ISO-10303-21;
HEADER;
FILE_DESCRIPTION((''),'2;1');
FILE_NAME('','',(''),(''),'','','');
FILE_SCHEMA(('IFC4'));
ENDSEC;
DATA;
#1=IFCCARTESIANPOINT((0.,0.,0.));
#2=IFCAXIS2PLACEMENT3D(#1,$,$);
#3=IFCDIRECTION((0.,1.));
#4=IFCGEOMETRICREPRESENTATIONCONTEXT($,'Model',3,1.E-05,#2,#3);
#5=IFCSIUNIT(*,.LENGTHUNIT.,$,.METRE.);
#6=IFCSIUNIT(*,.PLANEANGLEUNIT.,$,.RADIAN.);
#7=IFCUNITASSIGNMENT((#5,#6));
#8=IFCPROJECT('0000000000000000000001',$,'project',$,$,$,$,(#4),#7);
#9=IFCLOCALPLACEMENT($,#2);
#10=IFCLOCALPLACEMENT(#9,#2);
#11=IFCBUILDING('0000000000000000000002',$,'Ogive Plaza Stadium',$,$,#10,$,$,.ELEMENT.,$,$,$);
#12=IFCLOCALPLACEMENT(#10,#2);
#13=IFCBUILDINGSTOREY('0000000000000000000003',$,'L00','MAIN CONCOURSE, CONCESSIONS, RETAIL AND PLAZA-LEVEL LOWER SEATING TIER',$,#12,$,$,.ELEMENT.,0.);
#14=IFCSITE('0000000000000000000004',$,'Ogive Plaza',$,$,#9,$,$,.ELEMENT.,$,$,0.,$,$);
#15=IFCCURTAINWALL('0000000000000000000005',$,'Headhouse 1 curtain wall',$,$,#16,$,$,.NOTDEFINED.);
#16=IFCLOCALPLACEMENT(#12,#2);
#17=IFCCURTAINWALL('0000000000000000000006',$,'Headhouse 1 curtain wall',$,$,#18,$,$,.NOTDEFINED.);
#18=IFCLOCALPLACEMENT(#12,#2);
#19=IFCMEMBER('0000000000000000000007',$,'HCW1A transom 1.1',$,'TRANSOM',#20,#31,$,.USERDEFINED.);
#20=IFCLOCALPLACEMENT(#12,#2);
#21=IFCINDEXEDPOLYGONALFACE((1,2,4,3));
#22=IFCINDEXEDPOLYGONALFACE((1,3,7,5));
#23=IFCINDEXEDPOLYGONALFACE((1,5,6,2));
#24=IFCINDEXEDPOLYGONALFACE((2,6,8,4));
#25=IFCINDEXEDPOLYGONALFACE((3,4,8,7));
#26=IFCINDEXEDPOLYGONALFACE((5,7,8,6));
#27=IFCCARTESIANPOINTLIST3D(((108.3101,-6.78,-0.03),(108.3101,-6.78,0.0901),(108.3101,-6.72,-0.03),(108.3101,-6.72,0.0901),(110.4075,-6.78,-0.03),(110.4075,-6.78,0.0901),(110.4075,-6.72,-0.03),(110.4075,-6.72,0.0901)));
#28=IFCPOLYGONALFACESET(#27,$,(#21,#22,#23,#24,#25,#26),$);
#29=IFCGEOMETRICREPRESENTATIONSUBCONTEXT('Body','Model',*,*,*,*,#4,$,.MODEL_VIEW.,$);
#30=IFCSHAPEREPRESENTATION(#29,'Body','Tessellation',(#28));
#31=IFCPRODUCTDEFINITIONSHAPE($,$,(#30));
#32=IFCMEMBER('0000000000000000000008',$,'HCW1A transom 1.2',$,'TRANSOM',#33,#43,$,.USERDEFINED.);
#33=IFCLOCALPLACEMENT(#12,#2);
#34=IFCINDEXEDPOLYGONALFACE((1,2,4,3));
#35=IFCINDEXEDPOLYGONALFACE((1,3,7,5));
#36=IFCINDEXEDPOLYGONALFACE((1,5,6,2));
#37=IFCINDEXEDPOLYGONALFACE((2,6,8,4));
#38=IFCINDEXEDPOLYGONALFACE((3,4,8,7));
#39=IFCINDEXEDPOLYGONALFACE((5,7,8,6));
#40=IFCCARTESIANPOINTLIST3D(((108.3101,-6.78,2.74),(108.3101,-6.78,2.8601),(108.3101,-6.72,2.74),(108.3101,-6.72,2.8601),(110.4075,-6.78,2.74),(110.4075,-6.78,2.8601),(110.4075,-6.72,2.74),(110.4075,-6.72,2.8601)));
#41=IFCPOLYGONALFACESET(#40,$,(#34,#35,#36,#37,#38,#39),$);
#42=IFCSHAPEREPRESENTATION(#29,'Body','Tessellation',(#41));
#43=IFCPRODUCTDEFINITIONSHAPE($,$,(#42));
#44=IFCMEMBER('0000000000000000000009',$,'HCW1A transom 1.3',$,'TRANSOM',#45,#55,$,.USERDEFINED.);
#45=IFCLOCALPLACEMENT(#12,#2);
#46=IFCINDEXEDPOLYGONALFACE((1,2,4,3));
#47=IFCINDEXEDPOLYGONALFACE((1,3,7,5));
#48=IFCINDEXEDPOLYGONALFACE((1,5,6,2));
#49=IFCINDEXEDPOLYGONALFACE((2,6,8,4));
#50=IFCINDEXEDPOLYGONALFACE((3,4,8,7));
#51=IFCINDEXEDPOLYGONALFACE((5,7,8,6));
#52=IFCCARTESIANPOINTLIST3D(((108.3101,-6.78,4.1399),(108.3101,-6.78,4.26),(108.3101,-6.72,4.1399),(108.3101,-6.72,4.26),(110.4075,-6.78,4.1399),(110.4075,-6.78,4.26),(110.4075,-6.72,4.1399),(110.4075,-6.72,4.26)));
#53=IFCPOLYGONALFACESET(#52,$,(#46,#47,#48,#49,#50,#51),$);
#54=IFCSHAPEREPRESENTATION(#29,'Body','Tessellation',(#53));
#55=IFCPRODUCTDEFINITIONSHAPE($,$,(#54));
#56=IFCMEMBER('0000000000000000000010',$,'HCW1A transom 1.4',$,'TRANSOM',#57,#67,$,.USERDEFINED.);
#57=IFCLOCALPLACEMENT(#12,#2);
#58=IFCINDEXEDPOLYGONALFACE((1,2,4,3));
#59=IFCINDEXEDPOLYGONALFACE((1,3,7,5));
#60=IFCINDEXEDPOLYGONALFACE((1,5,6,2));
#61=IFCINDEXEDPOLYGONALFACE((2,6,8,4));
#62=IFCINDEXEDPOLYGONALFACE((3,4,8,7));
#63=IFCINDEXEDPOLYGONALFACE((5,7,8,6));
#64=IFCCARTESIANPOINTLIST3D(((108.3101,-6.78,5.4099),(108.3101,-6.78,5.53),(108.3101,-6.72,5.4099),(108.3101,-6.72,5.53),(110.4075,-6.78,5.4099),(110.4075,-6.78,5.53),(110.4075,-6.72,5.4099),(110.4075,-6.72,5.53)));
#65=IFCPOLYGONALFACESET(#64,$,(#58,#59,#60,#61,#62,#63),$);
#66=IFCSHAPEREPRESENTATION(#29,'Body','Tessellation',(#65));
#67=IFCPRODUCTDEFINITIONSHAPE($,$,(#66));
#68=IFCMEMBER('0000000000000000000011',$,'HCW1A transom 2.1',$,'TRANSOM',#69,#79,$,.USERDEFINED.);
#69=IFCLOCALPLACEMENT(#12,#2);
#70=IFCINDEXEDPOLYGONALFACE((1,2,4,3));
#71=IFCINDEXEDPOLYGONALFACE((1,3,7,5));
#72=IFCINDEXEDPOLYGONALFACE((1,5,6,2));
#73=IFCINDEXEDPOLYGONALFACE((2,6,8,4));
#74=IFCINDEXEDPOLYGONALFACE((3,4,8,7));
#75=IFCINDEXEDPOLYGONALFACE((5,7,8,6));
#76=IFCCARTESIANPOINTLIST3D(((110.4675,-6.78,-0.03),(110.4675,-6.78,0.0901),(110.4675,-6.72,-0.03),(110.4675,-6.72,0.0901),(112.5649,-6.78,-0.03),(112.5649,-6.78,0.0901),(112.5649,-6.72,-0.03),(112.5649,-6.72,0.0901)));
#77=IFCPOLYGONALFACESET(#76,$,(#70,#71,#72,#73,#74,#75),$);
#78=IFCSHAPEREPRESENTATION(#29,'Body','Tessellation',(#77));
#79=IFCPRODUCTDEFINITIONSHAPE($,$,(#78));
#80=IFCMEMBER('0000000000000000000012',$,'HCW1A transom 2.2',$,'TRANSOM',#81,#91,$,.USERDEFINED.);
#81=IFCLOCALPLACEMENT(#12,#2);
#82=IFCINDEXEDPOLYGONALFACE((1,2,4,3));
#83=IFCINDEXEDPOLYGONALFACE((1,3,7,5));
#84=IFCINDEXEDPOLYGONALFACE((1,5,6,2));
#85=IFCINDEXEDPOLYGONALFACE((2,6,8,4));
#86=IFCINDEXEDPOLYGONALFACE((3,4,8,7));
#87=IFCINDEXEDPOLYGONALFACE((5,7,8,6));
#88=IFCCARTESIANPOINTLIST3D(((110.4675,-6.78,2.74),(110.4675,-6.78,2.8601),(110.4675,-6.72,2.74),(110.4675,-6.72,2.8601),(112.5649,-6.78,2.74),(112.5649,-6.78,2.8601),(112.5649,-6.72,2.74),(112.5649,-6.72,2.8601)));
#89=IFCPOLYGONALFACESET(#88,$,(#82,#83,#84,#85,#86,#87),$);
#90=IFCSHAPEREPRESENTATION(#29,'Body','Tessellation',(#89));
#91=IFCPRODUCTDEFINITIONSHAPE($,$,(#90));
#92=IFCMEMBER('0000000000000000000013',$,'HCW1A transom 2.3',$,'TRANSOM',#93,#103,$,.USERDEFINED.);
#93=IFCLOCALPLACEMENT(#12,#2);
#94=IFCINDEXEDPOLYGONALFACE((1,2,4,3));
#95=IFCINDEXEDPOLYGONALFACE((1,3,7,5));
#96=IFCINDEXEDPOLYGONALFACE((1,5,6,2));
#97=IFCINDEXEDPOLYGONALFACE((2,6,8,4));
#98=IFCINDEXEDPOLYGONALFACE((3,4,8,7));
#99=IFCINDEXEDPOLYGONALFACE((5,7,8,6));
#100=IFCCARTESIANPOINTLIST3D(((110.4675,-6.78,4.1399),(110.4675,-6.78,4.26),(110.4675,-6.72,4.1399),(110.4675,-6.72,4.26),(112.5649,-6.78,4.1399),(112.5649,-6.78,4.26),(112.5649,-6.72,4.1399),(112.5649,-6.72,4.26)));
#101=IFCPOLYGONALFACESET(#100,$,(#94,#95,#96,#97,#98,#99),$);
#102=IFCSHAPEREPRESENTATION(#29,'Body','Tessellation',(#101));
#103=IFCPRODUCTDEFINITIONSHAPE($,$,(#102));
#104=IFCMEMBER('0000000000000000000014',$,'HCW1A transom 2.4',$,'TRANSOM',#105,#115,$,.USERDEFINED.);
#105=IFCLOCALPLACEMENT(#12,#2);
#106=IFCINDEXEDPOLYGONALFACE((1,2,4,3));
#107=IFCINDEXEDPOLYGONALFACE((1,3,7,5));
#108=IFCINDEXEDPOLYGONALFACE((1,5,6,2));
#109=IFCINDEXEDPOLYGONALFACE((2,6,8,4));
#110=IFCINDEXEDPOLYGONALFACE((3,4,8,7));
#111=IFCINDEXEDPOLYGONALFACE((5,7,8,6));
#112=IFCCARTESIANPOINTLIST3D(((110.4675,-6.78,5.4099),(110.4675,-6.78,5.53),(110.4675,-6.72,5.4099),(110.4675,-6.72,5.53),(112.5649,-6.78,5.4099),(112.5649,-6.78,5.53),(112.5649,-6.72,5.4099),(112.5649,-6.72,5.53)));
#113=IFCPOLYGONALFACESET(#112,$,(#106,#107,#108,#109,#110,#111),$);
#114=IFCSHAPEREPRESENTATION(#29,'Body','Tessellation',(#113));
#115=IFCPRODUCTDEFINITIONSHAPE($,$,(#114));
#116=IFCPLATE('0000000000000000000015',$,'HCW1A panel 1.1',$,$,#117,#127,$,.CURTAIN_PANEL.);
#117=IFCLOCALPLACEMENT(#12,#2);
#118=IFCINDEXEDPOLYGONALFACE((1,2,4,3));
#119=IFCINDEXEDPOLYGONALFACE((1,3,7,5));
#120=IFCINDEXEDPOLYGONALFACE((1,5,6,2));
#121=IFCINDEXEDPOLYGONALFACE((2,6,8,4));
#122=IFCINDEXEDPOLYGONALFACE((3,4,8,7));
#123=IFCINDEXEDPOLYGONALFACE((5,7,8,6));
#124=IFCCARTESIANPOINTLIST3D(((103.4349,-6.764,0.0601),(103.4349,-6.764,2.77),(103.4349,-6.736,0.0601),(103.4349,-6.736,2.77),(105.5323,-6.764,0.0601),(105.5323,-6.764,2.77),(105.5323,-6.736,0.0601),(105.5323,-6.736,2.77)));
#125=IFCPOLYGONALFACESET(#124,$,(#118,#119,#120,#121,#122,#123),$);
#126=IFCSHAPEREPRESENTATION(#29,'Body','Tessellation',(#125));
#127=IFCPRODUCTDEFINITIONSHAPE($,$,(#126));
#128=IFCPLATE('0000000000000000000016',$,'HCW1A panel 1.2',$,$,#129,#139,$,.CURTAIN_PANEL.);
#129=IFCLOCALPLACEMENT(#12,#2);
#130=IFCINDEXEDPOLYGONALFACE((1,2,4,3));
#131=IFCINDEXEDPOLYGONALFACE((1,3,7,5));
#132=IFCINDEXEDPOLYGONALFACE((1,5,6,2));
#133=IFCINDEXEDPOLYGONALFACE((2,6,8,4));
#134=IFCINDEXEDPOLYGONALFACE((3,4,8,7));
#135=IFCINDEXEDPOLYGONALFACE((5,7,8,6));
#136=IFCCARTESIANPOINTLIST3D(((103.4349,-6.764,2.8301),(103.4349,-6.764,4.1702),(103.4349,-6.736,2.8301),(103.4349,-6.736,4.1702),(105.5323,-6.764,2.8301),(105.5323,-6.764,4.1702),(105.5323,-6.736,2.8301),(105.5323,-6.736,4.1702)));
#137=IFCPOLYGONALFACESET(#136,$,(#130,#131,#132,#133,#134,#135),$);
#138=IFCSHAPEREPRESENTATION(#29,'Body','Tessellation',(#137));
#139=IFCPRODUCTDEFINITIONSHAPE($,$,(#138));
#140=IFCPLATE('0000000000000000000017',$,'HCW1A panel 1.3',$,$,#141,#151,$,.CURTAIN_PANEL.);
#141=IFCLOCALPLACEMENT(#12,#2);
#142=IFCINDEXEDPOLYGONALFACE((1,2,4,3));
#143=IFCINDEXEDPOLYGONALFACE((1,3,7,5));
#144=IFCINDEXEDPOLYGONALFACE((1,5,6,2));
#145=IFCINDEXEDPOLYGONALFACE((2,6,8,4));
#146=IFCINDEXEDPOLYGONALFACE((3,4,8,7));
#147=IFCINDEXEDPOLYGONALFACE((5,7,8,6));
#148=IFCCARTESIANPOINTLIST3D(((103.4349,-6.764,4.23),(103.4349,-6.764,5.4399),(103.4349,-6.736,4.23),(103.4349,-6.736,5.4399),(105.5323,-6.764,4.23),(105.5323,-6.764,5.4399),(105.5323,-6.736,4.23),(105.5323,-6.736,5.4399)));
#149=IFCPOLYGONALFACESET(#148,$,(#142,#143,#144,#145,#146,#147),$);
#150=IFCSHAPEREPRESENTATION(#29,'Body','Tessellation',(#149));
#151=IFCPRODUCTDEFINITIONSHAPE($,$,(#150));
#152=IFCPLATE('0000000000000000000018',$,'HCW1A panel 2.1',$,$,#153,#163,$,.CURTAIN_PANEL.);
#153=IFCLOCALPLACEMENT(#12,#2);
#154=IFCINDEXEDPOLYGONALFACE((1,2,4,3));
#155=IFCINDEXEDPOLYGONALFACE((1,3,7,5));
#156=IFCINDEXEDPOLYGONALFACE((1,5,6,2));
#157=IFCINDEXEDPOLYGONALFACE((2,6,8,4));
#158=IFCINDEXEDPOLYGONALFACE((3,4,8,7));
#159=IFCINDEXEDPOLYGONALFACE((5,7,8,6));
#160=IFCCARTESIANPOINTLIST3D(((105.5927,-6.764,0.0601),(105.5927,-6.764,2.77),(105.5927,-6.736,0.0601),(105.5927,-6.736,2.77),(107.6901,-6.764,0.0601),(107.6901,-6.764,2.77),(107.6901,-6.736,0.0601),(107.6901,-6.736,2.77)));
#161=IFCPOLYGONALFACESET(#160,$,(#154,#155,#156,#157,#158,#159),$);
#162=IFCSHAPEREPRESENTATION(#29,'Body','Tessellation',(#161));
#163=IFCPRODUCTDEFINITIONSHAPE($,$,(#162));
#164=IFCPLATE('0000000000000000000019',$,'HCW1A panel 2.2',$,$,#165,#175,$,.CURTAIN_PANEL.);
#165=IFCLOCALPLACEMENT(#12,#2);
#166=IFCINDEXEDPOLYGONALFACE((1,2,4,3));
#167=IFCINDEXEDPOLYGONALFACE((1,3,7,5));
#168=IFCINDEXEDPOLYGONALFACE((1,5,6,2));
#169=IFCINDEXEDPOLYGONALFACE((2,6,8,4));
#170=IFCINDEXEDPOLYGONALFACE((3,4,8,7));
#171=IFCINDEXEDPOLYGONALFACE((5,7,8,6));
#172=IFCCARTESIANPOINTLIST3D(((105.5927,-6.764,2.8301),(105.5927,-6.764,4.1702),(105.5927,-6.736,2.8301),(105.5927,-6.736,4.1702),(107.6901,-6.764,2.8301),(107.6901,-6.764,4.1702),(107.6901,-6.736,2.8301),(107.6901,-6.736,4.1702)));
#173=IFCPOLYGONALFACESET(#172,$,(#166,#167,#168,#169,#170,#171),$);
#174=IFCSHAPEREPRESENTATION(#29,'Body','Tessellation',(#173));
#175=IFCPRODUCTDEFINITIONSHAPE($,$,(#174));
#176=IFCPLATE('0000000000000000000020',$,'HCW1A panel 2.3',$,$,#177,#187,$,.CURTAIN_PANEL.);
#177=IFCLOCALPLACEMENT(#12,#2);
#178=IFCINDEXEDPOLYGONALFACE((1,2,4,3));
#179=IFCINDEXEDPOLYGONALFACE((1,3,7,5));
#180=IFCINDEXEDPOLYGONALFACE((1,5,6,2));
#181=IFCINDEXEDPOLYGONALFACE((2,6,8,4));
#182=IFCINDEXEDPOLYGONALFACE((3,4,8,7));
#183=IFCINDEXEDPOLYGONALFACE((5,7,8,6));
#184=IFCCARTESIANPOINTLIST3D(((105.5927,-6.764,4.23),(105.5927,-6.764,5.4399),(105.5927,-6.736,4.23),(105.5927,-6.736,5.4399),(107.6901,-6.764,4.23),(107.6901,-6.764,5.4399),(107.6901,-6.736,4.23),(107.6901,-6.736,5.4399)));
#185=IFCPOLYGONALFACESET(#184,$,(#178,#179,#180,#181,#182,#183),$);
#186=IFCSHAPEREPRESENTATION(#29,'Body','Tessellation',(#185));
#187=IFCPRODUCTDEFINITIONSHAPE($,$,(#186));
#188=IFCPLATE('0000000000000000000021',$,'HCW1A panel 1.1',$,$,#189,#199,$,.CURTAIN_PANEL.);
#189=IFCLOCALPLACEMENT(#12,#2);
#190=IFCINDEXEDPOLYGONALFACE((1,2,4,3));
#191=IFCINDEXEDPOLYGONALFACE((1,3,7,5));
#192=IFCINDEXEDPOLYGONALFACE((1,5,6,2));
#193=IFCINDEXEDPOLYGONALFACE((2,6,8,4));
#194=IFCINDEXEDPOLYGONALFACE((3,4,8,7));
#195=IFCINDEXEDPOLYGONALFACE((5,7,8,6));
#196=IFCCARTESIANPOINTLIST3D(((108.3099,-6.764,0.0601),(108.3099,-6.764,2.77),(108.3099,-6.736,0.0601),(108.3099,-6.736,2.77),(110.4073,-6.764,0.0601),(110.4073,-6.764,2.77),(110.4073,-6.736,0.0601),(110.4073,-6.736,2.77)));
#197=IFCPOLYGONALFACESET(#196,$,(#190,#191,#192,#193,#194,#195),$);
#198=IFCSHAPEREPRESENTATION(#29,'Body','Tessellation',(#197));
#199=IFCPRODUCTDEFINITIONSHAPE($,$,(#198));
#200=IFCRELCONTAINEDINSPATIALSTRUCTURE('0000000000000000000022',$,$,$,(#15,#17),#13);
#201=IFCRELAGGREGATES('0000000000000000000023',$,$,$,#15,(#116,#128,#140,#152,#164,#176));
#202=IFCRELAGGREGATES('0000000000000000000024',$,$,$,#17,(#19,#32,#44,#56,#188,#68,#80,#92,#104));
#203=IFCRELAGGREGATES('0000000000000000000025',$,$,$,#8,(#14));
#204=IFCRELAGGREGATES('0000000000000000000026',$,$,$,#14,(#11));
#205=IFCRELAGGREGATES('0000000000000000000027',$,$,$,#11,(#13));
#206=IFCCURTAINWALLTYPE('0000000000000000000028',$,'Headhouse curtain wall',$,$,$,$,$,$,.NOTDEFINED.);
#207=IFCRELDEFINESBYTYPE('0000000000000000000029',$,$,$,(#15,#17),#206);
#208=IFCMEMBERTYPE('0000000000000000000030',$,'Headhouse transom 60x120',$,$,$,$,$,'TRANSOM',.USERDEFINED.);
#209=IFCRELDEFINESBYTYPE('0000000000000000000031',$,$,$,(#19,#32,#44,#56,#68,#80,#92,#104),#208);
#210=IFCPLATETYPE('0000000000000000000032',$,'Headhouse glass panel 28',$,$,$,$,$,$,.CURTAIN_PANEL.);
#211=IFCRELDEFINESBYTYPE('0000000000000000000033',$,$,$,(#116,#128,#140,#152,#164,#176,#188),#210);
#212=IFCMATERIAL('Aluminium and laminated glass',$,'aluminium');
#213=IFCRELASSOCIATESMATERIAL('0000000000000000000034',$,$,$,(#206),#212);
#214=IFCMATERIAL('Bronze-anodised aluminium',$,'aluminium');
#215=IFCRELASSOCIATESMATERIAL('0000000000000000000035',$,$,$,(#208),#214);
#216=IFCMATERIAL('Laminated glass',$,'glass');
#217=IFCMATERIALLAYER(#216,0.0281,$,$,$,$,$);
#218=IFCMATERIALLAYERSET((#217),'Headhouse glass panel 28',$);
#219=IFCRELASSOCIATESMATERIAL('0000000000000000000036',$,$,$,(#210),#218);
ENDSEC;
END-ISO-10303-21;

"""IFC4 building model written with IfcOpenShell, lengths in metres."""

from ifc_helpers import new_model, si_unit, direction, frame, origin, origin_2d, place, context, subcontext, project, spatial, rectangle, extrude, material, layer, layer_set, material_profile, profile_set, type_object, element, aggregate, save


model = new_model("IFC4")

# Units and contexts
model_context = context("Model", 3, precision=1e-05, world=origin(), true_north=direction((0.0, 1.0)))
body_context = subcontext(model_context, "Body", "Model", "MODEL_VIEW")
ifc_project = project(units=[si_unit("LENGTHUNIT", "METRE"), si_unit("PLANEANGLEUNIT", "RADIAN")], contexts=[model_context])

# Site, building, storey
site_placement = place(None, origin())
site = spatial("IfcSite", under=ifc_project, at=site_placement, Name="Ogive Plaza", CompositionType="ELEMENT", RefElevation=0.0)
building_placement = place(site_placement, origin())
building = spatial("IfcBuilding", under=site, at=building_placement, Name="Ogive Plaza Stadium", CompositionType="ELEMENT")
storey_placement = place(building_placement, origin())
storey = spatial("IfcBuildingStorey", under=building, at=storey_placement, Name="L00", Description="MAIN CONCOURSE, CONCESSIONS, RETAIL AND PLAZA-LEVEL LOWER SEATING TIER", CompositionType="ELEMENT", Elevation=0.0)

# Curtain walls
ifc_material_1 = material(Name="Aluminium and laminated glass", Category="aluminium")
curtain_wall_type = type_object("IfcCurtainWallType", Name="Headhouse curtain wall", PredefinedType="NOTDEFINED", material=ifc_material_1)
curtain_wall_1_placement = place(storey_placement, origin())
curtain_wall_1 = element("IfcCurtainWall", 1, at=curtain_wall_1_placement, inside=storey, type_object=curtain_wall_type, Name="Headhouse 1 curtain wall", PredefinedType="NOTDEFINED")
curtain_wall_2_placement = place(storey_placement, origin())
curtain_wall_2 = element("IfcCurtainWall", 2, at=curtain_wall_2_placement, inside=storey, type_object=curtain_wall_type, Name="Headhouse 1 curtain wall", PredefinedType="NOTDEFINED")

# Members
ifc_material_2 = material(Name="Bronze-anodised aluminium", Category="aluminium")
ifc_material_profile_1 = material_profile(ifc_material_2, rectangle(XDim=0.0601, YDim=0.1201, at=origin_2d()), Name="Headhouse transom 60x120")
ifc_profile_set_1 = profile_set([ifc_material_profile_1], Name="Bronze-anodised aluminium")
member_type_1 = type_object("IfcMemberType", Name="Headhouse transom 60x120", ElementType="TRANSOM", PredefinedType="USERDEFINED", material=ifc_profile_set_1)
member_1_placement = place(storey_placement, frame((108.3101, -6.75, 0.03), z_axis=(1.0, 0.0, 0.0), x_axis=(0.0, 1.0, 0.0)))
member_1 = element("IfcMember", 3, at=member_1_placement, type_object=member_type_1, Name="HCW1A transom 1.1", ObjectType="TRANSOM", PredefinedType="USERDEFINED", context=body_context, shape_type="SweptSolid", body=[
    extrude(rectangle(XDim=0.0601, YDim=0.1201, at=origin_2d()), origin(), (0.0, 0.0, 1.0), 2.0974),
])
member_2_placement = place(storey_placement, frame((108.3101, -6.75, 2.8), z_axis=(1.0, 0.0, 0.0), x_axis=(0.0, 1.0, 0.0)))
member_2 = element("IfcMember", 4, at=member_2_placement, type_object=member_type_1, Name="HCW1A transom 1.2", ObjectType="TRANSOM", PredefinedType="USERDEFINED", context=body_context, shape_type="SweptSolid", body=[
    extrude(rectangle(XDim=0.0601, YDim=0.1201, at=origin_2d()), origin(), (0.0, 0.0, 1.0), 2.0974),
])
member_3_placement = place(storey_placement, frame((108.3101, -6.75, 4.2), z_axis=(1.0, 0.0, 0.0), x_axis=(0.0, 1.0, 0.0)))
member_3 = element("IfcMember", 5, at=member_3_placement, type_object=member_type_1, Name="HCW1A transom 1.3", ObjectType="TRANSOM", PredefinedType="USERDEFINED", context=body_context, shape_type="SweptSolid", body=[
    extrude(rectangle(XDim=0.0601, YDim=0.1201, at=origin_2d()), origin(), (0.0, 0.0, 1.0), 2.0974),
])
member_4_placement = place(storey_placement, frame((108.3101, -6.75, 5.47), z_axis=(1.0, 0.0, 0.0), x_axis=(0.0, 1.0, 0.0)))
member_4 = element("IfcMember", 6, at=member_4_placement, type_object=member_type_1, Name="HCW1A transom 1.4", ObjectType="TRANSOM", PredefinedType="USERDEFINED", context=body_context, shape_type="SweptSolid", body=[
    extrude(rectangle(XDim=0.0601, YDim=0.1201, at=origin_2d()), origin(), (0.0, 0.0, 1.0), 2.0974),
])
member_5_placement = place(storey_placement, frame((110.4675, -6.75, 0.03), z_axis=(1.0, 0.0, 0.0), x_axis=(0.0, 1.0, 0.0)))
member_5 = element("IfcMember", 7, at=member_5_placement, type_object=member_type_1, Name="HCW1A transom 2.1", ObjectType="TRANSOM", PredefinedType="USERDEFINED", context=body_context, shape_type="SweptSolid", body=[
    extrude(rectangle(XDim=0.0601, YDim=0.1201, at=origin_2d()), origin(), (0.0, 0.0, 1.0), 2.0974),
])
member_6_placement = place(storey_placement, frame((110.4675, -6.75, 2.8), z_axis=(1.0, 0.0, 0.0), x_axis=(0.0, 1.0, 0.0)))
member_6 = element("IfcMember", 8, at=member_6_placement, type_object=member_type_1, Name="HCW1A transom 2.2", ObjectType="TRANSOM", PredefinedType="USERDEFINED", context=body_context, shape_type="SweptSolid", body=[
    extrude(rectangle(XDim=0.0601, YDim=0.1201, at=origin_2d()), origin(), (0.0, 0.0, 1.0), 2.0974),
])
member_7_placement = place(storey_placement, frame((110.4675, -6.75, 4.2), z_axis=(1.0, 0.0, 0.0), x_axis=(0.0, 1.0, 0.0)))
member_7 = element("IfcMember", 9, at=member_7_placement, type_object=member_type_1, Name="HCW1A transom 2.3", ObjectType="TRANSOM", PredefinedType="USERDEFINED", context=body_context, shape_type="SweptSolid", body=[
    extrude(rectangle(XDim=0.0601, YDim=0.1201, at=origin_2d()), origin(), (0.0, 0.0, 1.0), 2.0974),
])
member_8_placement = place(storey_placement, frame((110.4675, -6.75, 5.47), z_axis=(1.0, 0.0, 0.0), x_axis=(0.0, 1.0, 0.0)))
member_8 = element("IfcMember", 10, at=member_8_placement, type_object=member_type_1, Name="HCW1A transom 2.4", ObjectType="TRANSOM", PredefinedType="USERDEFINED", context=body_context, shape_type="SweptSolid", body=[
    extrude(rectangle(XDim=0.0601, YDim=0.1201, at=origin_2d()), origin(), (0.0, 0.0, 1.0), 2.0974),
])

# Plates
ifc_material_3 = material(Name="Laminated glass", Category="glass")
ifc_layer_1 = layer(ifc_material_3, 0.0281)
ifc_layer_set_1 = layer_set([ifc_layer_1], Name="Headhouse glass panel 28")
plate_type = type_object("IfcPlateType", Name="Headhouse glass panel 28", PredefinedType="CURTAIN_PANEL", material=ifc_layer_set_1)
plate_1_placement = place(storey_placement, frame((104.4836, -6.75, 0.0601), z_axis=(0.0, 0.0, 1.0), x_axis=(1.0, 0.0, 0.0)))
plate_1 = element("IfcPlate", 11, at=plate_1_placement, type_object=plate_type, Name="HCW1A panel 1.1", PredefinedType="CURTAIN_PANEL", context=body_context, shape_type="SweptSolid", body=[
    extrude(rectangle(XDim=2.0974, YDim=0.0281, at=origin_2d()), origin(), (0.0, 0.0, 1.0), 2.71),
])
plate_2_placement = place(storey_placement, frame((104.4836, -6.75, 2.8301), z_axis=(0.0, 0.0, 1.0), x_axis=(1.0, 0.0, 0.0)))
plate_2 = element("IfcPlate", 12, at=plate_2_placement, type_object=plate_type, Name="HCW1A panel 1.2", PredefinedType="CURTAIN_PANEL", context=body_context, shape_type="SweptSolid", body=[
    extrude(rectangle(XDim=2.0974, YDim=0.0281, at=origin_2d()), origin(), (0.0, 0.0, 1.0), 1.3401),
])
plate_3_placement = place(storey_placement, frame((104.4836, -6.75, 4.23), z_axis=(0.0, 0.0, 1.0), x_axis=(1.0, 0.0, 0.0)))
plate_3 = element("IfcPlate", 13, at=plate_3_placement, type_object=plate_type, Name="HCW1A panel 1.3", PredefinedType="CURTAIN_PANEL", context=body_context, shape_type="SweptSolid", body=[
    extrude(rectangle(XDim=2.0974, YDim=0.0281, at=origin_2d()), origin(), (0.0, 0.0, 1.0), 1.21),
])
plate_4_placement = place(storey_placement, frame((106.6414, -6.75, 0.0601), z_axis=(0.0, 0.0, 1.0), x_axis=(1.0, 0.0, 0.0)))
plate_4 = element("IfcPlate", 14, at=plate_4_placement, type_object=plate_type, Name="HCW1A panel 2.1", PredefinedType="CURTAIN_PANEL", context=body_context, shape_type="SweptSolid", body=[
    extrude(rectangle(XDim=2.0974, YDim=0.0281, at=origin_2d()), origin(), (0.0, 0.0, 1.0), 2.71),
])
plate_5_placement = place(storey_placement, frame((106.6414, -6.75, 2.8301), z_axis=(0.0, 0.0, 1.0), x_axis=(1.0, 0.0, 0.0)))
plate_5 = element("IfcPlate", 15, at=plate_5_placement, type_object=plate_type, Name="HCW1A panel 2.2", PredefinedType="CURTAIN_PANEL", context=body_context, shape_type="SweptSolid", body=[
    extrude(rectangle(XDim=2.0974, YDim=0.0281, at=origin_2d()), origin(), (0.0, 0.0, 1.0), 1.3401),
])
plate_6_placement = place(storey_placement, frame((106.6414, -6.75, 4.23), z_axis=(0.0, 0.0, 1.0), x_axis=(1.0, 0.0, 0.0)))
plate_6 = element("IfcPlate", 16, at=plate_6_placement, type_object=plate_type, Name="HCW1A panel 2.3", PredefinedType="CURTAIN_PANEL", context=body_context, shape_type="SweptSolid", body=[
    extrude(rectangle(XDim=2.0974, YDim=0.0281, at=origin_2d()), origin(), (0.0, 0.0, 1.0), 1.21),
])
aggregate(curtain_wall_1, [plate_1, plate_2, plate_3, plate_4, plate_5, plate_6])
plate_7_placement = place(storey_placement, frame((109.3586, -6.75, 0.0601), z_axis=(0.0, 0.0, 1.0), x_axis=(1.0, 0.0, 0.0)))
plate_7 = element("IfcPlate", 17, at=plate_7_placement, type_object=plate_type, Name="HCW1A panel 1.1", PredefinedType="CURTAIN_PANEL", context=body_context, shape_type="SweptSolid", body=[
    extrude(rectangle(XDim=2.0974, YDim=0.0281, at=origin_2d()), origin(), (0.0, 0.0, 1.0), 2.71),
])
aggregate(curtain_wall_2, [member_1, member_2, member_3, member_4, plate_7, member_5, member_6, member_7, member_8])

save(model, "model.ifc")
